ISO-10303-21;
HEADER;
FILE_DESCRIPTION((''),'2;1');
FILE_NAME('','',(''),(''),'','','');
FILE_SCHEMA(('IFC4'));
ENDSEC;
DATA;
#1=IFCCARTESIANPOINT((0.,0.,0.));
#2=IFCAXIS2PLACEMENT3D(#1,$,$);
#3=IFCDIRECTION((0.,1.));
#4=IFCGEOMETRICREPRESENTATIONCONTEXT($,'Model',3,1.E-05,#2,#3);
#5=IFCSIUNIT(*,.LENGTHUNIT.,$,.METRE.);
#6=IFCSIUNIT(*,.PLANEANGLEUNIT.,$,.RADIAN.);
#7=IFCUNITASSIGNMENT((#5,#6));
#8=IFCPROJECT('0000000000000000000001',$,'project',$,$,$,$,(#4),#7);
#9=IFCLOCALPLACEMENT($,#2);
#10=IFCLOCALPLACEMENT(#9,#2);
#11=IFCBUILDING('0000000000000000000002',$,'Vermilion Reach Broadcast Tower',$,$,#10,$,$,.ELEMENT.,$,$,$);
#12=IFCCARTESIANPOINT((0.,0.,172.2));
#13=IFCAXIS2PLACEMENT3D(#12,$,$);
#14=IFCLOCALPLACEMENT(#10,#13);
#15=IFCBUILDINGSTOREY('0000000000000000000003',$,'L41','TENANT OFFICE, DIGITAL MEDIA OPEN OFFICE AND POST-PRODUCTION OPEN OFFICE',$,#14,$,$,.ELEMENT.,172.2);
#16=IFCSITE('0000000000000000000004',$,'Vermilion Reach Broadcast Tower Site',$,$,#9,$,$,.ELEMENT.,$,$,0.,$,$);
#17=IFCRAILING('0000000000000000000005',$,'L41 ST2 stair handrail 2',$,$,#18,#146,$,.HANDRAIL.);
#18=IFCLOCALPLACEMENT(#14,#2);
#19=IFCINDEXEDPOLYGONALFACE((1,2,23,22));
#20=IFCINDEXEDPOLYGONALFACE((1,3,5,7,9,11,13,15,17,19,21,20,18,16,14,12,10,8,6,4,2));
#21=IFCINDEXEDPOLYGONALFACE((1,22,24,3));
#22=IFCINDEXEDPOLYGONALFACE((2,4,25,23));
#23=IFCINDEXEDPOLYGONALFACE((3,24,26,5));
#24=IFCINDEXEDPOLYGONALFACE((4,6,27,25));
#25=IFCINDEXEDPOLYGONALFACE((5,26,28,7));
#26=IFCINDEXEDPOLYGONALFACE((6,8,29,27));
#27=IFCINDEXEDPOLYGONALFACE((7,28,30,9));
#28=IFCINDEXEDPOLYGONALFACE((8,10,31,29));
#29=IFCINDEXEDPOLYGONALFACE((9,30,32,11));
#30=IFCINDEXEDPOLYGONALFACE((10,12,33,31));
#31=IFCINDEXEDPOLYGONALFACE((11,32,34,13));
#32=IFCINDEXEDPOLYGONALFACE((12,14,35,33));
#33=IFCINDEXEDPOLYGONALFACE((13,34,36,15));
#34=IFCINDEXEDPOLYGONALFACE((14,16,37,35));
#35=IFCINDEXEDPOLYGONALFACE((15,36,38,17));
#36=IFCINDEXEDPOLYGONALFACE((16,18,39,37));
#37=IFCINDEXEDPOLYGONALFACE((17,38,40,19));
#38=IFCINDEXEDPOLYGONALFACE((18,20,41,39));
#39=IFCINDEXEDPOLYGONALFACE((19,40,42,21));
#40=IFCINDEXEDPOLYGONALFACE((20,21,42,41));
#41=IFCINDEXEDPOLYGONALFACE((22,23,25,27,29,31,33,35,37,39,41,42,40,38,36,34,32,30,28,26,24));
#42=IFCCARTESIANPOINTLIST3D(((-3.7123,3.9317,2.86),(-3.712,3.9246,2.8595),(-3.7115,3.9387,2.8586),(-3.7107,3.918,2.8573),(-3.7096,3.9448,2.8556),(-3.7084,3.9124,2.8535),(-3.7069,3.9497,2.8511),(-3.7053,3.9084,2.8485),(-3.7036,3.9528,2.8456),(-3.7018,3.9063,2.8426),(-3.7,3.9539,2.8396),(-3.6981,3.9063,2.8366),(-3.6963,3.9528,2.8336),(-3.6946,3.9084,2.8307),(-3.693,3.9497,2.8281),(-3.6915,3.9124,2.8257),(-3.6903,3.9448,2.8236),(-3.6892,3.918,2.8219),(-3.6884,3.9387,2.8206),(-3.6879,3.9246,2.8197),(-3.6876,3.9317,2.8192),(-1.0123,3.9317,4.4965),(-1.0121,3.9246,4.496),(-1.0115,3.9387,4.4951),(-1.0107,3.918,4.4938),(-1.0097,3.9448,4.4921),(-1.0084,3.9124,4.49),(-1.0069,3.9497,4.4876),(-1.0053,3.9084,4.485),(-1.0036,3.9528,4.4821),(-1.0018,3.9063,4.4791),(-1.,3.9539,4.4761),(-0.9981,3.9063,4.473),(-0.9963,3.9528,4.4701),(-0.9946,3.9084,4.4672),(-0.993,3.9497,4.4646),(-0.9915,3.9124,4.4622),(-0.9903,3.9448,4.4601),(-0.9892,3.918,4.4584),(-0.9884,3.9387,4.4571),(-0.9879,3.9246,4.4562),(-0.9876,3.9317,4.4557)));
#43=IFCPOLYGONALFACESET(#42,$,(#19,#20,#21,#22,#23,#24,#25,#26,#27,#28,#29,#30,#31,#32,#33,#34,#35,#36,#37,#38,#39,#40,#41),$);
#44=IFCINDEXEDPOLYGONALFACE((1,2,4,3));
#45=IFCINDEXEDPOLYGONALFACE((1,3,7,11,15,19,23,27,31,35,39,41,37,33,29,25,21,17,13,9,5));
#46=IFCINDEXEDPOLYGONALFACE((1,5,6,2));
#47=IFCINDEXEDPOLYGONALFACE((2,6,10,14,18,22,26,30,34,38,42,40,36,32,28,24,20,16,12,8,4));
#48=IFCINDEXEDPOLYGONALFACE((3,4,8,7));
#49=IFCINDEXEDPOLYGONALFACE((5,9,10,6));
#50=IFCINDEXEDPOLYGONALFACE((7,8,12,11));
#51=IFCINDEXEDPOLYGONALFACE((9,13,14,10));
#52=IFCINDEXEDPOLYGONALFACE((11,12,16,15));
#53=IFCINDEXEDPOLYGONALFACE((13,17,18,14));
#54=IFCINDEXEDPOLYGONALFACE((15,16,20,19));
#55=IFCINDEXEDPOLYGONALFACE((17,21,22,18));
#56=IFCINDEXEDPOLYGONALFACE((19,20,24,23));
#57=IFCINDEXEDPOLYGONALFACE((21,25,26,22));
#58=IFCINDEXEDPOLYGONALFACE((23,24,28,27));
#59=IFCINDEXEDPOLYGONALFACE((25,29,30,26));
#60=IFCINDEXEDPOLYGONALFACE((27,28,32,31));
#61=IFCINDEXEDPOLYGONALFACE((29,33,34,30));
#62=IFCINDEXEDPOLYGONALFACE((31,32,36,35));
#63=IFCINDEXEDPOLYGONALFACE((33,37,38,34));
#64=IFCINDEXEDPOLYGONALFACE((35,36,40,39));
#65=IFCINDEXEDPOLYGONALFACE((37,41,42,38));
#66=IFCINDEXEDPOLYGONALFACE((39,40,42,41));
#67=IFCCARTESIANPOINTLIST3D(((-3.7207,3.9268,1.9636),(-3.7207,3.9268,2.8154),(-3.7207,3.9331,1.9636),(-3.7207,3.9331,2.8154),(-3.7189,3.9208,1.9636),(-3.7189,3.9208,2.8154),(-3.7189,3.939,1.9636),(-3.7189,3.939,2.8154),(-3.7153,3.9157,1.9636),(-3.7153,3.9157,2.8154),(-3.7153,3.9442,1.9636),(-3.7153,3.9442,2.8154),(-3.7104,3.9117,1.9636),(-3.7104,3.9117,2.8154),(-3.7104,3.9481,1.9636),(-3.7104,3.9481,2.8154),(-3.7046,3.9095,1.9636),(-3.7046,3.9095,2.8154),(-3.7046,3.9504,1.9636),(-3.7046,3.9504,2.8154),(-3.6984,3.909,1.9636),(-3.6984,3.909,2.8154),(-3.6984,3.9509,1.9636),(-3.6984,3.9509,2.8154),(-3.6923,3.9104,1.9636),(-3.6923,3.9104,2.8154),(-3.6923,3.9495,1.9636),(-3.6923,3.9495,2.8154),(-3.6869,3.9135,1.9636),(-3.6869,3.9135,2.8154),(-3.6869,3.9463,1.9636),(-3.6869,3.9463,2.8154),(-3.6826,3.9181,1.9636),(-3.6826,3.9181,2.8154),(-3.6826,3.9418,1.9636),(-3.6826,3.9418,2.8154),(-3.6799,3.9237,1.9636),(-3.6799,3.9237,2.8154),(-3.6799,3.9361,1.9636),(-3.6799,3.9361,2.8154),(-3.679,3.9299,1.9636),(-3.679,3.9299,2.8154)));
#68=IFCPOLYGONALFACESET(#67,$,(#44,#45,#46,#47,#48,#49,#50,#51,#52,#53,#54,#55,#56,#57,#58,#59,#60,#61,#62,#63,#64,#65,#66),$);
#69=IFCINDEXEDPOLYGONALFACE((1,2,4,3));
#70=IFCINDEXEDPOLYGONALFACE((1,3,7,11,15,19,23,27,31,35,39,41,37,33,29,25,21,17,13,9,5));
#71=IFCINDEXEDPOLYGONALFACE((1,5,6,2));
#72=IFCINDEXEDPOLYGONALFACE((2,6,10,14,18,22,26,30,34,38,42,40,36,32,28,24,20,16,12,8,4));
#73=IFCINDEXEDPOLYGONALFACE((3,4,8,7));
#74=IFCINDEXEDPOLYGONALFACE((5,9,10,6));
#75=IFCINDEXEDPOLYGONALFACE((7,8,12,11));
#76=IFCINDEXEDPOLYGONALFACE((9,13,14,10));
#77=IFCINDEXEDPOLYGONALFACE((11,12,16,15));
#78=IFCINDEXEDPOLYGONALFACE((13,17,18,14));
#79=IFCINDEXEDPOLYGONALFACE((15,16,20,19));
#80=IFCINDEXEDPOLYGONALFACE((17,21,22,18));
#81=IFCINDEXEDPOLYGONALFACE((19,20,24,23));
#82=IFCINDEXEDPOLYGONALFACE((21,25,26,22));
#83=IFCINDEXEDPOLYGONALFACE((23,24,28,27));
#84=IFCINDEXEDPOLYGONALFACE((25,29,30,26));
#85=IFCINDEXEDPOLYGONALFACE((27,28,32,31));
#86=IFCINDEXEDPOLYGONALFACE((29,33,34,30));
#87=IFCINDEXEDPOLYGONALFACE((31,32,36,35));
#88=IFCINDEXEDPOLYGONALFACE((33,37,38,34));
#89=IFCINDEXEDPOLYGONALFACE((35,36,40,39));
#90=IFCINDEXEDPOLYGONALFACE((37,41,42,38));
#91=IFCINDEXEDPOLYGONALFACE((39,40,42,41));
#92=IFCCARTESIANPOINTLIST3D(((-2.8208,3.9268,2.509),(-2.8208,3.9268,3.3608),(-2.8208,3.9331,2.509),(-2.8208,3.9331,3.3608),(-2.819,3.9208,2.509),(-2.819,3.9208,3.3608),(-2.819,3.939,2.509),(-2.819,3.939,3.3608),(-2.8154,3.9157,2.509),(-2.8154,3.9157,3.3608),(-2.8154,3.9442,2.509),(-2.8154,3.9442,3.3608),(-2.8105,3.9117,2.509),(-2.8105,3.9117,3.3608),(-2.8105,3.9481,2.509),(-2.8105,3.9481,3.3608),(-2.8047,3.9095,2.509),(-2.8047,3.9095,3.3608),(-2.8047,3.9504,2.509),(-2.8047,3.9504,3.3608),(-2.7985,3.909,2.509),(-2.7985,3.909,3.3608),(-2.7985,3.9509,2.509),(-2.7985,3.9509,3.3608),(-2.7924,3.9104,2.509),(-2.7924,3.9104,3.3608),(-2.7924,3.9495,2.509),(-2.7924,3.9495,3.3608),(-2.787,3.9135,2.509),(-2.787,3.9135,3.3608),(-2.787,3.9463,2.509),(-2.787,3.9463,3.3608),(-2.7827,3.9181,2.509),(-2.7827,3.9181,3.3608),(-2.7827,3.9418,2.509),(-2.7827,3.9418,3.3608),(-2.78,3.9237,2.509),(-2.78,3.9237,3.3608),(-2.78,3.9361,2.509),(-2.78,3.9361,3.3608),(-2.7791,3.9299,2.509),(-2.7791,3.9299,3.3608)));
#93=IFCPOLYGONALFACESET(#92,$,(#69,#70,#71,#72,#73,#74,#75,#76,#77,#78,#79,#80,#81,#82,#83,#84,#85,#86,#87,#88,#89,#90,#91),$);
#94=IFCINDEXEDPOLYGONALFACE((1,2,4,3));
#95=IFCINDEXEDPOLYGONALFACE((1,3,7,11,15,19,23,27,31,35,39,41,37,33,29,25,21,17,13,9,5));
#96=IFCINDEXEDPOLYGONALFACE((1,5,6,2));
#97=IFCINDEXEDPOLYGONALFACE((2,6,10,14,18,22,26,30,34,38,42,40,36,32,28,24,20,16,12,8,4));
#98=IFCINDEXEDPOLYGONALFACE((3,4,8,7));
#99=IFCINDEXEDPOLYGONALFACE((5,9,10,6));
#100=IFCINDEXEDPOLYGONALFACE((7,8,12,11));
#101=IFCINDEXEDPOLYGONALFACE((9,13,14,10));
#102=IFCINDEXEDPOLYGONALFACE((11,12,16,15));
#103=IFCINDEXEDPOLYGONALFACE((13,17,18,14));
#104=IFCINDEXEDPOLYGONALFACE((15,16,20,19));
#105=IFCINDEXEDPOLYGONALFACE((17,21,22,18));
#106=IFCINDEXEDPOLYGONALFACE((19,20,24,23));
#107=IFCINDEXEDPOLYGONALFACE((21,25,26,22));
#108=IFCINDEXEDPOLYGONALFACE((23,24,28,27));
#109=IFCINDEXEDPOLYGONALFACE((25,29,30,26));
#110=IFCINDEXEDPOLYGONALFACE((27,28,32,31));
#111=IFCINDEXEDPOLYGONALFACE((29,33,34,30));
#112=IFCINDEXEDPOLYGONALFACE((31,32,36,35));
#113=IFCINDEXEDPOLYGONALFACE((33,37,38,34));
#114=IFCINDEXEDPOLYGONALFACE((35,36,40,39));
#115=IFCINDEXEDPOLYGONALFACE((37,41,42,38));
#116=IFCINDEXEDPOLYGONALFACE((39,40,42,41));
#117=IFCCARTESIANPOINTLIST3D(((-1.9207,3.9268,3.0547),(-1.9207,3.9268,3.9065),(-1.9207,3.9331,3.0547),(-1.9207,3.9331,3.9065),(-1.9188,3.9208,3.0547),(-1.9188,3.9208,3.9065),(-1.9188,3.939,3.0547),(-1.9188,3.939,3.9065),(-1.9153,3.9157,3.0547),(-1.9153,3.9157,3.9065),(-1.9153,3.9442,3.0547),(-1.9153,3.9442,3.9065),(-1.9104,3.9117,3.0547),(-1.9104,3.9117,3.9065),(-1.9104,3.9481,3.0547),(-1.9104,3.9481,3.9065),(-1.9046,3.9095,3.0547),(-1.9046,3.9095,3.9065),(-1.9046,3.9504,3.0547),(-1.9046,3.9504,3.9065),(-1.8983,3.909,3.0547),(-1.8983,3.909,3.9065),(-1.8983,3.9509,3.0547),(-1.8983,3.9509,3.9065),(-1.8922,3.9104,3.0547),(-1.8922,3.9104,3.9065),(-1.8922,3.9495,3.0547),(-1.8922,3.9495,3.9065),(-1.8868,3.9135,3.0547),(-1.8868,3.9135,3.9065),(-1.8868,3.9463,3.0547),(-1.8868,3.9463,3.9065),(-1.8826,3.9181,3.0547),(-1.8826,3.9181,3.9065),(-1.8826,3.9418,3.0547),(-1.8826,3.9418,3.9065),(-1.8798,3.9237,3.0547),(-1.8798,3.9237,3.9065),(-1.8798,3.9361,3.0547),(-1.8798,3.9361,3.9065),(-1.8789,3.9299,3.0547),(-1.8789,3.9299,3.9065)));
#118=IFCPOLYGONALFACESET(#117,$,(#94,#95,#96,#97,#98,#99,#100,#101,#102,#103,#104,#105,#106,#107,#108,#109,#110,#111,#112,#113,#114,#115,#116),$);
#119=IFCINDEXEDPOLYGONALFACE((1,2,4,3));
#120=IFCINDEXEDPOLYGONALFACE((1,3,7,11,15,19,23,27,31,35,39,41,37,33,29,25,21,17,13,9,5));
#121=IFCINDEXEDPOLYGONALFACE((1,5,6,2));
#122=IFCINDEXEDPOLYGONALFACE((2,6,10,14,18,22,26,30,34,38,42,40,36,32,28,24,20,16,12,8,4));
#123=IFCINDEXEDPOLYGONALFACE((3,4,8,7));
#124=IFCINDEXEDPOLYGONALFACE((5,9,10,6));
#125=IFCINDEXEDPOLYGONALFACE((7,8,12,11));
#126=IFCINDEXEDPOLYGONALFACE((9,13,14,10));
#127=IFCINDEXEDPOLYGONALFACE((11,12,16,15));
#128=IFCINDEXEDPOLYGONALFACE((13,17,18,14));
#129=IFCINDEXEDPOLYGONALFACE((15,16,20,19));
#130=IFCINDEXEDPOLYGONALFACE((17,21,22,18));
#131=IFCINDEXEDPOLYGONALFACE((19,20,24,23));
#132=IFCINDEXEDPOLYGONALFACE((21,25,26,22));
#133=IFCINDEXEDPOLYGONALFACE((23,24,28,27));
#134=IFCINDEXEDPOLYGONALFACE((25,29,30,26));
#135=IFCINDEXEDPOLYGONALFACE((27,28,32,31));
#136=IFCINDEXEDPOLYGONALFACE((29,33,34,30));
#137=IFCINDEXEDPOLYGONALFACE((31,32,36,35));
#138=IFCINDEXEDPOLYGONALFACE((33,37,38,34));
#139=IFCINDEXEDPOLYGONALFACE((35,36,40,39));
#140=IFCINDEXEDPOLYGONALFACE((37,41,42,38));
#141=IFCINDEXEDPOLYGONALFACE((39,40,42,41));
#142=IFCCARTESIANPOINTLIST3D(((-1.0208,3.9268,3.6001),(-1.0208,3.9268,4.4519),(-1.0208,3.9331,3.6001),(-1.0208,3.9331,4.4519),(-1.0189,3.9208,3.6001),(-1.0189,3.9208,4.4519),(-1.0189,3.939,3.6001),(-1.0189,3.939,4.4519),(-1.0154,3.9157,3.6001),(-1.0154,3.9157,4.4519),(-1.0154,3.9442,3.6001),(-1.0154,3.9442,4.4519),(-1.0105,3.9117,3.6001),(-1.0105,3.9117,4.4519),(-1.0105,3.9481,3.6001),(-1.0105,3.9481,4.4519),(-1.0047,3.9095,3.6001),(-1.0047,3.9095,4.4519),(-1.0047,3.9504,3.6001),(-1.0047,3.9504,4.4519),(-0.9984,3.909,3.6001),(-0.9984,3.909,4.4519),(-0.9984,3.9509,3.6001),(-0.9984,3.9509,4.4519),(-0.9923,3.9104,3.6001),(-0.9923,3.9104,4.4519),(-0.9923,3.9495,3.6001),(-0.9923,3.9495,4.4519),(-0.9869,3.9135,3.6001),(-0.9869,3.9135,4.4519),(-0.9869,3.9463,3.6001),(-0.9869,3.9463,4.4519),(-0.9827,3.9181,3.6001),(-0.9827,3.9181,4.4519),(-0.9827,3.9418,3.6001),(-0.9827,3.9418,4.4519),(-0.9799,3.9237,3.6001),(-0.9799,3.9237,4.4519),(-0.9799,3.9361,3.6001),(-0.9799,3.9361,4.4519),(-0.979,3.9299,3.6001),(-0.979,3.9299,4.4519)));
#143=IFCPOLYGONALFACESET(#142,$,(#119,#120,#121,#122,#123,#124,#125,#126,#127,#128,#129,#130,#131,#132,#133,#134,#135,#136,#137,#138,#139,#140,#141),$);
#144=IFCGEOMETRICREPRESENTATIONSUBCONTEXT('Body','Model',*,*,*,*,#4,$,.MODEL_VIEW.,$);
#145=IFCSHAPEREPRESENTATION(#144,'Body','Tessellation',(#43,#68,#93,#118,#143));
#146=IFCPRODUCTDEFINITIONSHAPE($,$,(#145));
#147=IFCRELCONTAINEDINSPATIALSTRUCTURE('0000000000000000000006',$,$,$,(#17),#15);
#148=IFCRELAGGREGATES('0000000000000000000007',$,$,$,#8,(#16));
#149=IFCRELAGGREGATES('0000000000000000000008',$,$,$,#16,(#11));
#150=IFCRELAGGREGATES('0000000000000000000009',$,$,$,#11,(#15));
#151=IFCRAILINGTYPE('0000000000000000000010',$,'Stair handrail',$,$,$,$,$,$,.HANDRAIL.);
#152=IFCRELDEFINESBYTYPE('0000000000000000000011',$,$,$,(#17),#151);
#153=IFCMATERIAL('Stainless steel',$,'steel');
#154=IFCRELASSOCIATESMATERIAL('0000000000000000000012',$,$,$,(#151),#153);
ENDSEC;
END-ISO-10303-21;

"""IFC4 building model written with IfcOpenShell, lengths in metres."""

from ifc_helpers import new_model, si_unit, direction, frame, origin, origin_2d, place, context, subcontext, project, spatial, circle, extrude, material, type_object, element, save


model = new_model("IFC4")

# Units and contexts
model_context = context("Model", 3, precision=1e-05, world=origin(), true_north=direction((0.0, 1.0)))
body_context = subcontext(model_context, "Body", "Model", "MODEL_VIEW")
ifc_project = project(units=[si_unit("LENGTHUNIT", "METRE"), si_unit("PLANEANGLEUNIT", "RADIAN")], contexts=[model_context])

# Site, building, storey
site_placement = place(None, origin())
site = spatial("IfcSite", under=ifc_project, at=site_placement, Name="Vermilion Reach Broadcast Tower Site", CompositionType="ELEMENT", RefElevation=0.0)
building_placement = place(site_placement, origin())
building = spatial("IfcBuilding", under=site, at=building_placement, Name="Vermilion Reach Broadcast Tower", CompositionType="ELEMENT")
storey_placement = place(building_placement, frame((0.0, 0.0, 172.2)))
storey = spatial("IfcBuildingStorey", under=building, at=storey_placement, Name="L41", Description="TENANT OFFICE, DIGITAL MEDIA OPEN OFFICE AND POST-PRODUCTION OPEN OFFICE", CompositionType="ELEMENT", Elevation=172.2)

# Railing
ifc_material_1 = material(Name="Stainless steel", Category="steel")
railing_type_1 = type_object("IfcRailingType", Name="Stair handrail", PredefinedType="HANDRAIL", material=ifc_material_1)
railing_1_placement = place(storey_placement, frame((-3.7, 3.9299, 1.9636)))
element("IfcRailing", 1, at=railing_1_placement, inside=storey, type_object=railing_type_1, Name="L41 ST2 stair handrail 2", PredefinedType="HANDRAIL", context=body_context, shape_type="SweptSolid", body=[
    extrude(circle(Radius=0.0239, at=origin_2d()), frame((0.0, 0.0, 0.876), z_axis=(0.855178, 0.0, 0.518334), x_axis=(0.0, 1.0, 0.0)), (0.0, 0.0, 1.0), 3.1572),
    extrude(circle(Radius=0.021, at=origin_2d()), origin(), (0.0, 0.0, 1.0), 0.8518),
    extrude(circle(Radius=0.021, at=origin_2d()), frame((0.8999, 0.0, 0.5454)), (0.0, 0.0, 1.0), 0.8518),
    extrude(circle(Radius=0.021, at=origin_2d()), frame((1.8, 0.0, 1.0911)), (0.0, 0.0, 1.0), 0.8518),
    extrude(circle(Radius=0.021, at=origin_2d()), frame((2.7, 0.0, 1.6365)), (0.0, 0.0, 1.0), 0.8518),
])

save(model, "model.ifc")
